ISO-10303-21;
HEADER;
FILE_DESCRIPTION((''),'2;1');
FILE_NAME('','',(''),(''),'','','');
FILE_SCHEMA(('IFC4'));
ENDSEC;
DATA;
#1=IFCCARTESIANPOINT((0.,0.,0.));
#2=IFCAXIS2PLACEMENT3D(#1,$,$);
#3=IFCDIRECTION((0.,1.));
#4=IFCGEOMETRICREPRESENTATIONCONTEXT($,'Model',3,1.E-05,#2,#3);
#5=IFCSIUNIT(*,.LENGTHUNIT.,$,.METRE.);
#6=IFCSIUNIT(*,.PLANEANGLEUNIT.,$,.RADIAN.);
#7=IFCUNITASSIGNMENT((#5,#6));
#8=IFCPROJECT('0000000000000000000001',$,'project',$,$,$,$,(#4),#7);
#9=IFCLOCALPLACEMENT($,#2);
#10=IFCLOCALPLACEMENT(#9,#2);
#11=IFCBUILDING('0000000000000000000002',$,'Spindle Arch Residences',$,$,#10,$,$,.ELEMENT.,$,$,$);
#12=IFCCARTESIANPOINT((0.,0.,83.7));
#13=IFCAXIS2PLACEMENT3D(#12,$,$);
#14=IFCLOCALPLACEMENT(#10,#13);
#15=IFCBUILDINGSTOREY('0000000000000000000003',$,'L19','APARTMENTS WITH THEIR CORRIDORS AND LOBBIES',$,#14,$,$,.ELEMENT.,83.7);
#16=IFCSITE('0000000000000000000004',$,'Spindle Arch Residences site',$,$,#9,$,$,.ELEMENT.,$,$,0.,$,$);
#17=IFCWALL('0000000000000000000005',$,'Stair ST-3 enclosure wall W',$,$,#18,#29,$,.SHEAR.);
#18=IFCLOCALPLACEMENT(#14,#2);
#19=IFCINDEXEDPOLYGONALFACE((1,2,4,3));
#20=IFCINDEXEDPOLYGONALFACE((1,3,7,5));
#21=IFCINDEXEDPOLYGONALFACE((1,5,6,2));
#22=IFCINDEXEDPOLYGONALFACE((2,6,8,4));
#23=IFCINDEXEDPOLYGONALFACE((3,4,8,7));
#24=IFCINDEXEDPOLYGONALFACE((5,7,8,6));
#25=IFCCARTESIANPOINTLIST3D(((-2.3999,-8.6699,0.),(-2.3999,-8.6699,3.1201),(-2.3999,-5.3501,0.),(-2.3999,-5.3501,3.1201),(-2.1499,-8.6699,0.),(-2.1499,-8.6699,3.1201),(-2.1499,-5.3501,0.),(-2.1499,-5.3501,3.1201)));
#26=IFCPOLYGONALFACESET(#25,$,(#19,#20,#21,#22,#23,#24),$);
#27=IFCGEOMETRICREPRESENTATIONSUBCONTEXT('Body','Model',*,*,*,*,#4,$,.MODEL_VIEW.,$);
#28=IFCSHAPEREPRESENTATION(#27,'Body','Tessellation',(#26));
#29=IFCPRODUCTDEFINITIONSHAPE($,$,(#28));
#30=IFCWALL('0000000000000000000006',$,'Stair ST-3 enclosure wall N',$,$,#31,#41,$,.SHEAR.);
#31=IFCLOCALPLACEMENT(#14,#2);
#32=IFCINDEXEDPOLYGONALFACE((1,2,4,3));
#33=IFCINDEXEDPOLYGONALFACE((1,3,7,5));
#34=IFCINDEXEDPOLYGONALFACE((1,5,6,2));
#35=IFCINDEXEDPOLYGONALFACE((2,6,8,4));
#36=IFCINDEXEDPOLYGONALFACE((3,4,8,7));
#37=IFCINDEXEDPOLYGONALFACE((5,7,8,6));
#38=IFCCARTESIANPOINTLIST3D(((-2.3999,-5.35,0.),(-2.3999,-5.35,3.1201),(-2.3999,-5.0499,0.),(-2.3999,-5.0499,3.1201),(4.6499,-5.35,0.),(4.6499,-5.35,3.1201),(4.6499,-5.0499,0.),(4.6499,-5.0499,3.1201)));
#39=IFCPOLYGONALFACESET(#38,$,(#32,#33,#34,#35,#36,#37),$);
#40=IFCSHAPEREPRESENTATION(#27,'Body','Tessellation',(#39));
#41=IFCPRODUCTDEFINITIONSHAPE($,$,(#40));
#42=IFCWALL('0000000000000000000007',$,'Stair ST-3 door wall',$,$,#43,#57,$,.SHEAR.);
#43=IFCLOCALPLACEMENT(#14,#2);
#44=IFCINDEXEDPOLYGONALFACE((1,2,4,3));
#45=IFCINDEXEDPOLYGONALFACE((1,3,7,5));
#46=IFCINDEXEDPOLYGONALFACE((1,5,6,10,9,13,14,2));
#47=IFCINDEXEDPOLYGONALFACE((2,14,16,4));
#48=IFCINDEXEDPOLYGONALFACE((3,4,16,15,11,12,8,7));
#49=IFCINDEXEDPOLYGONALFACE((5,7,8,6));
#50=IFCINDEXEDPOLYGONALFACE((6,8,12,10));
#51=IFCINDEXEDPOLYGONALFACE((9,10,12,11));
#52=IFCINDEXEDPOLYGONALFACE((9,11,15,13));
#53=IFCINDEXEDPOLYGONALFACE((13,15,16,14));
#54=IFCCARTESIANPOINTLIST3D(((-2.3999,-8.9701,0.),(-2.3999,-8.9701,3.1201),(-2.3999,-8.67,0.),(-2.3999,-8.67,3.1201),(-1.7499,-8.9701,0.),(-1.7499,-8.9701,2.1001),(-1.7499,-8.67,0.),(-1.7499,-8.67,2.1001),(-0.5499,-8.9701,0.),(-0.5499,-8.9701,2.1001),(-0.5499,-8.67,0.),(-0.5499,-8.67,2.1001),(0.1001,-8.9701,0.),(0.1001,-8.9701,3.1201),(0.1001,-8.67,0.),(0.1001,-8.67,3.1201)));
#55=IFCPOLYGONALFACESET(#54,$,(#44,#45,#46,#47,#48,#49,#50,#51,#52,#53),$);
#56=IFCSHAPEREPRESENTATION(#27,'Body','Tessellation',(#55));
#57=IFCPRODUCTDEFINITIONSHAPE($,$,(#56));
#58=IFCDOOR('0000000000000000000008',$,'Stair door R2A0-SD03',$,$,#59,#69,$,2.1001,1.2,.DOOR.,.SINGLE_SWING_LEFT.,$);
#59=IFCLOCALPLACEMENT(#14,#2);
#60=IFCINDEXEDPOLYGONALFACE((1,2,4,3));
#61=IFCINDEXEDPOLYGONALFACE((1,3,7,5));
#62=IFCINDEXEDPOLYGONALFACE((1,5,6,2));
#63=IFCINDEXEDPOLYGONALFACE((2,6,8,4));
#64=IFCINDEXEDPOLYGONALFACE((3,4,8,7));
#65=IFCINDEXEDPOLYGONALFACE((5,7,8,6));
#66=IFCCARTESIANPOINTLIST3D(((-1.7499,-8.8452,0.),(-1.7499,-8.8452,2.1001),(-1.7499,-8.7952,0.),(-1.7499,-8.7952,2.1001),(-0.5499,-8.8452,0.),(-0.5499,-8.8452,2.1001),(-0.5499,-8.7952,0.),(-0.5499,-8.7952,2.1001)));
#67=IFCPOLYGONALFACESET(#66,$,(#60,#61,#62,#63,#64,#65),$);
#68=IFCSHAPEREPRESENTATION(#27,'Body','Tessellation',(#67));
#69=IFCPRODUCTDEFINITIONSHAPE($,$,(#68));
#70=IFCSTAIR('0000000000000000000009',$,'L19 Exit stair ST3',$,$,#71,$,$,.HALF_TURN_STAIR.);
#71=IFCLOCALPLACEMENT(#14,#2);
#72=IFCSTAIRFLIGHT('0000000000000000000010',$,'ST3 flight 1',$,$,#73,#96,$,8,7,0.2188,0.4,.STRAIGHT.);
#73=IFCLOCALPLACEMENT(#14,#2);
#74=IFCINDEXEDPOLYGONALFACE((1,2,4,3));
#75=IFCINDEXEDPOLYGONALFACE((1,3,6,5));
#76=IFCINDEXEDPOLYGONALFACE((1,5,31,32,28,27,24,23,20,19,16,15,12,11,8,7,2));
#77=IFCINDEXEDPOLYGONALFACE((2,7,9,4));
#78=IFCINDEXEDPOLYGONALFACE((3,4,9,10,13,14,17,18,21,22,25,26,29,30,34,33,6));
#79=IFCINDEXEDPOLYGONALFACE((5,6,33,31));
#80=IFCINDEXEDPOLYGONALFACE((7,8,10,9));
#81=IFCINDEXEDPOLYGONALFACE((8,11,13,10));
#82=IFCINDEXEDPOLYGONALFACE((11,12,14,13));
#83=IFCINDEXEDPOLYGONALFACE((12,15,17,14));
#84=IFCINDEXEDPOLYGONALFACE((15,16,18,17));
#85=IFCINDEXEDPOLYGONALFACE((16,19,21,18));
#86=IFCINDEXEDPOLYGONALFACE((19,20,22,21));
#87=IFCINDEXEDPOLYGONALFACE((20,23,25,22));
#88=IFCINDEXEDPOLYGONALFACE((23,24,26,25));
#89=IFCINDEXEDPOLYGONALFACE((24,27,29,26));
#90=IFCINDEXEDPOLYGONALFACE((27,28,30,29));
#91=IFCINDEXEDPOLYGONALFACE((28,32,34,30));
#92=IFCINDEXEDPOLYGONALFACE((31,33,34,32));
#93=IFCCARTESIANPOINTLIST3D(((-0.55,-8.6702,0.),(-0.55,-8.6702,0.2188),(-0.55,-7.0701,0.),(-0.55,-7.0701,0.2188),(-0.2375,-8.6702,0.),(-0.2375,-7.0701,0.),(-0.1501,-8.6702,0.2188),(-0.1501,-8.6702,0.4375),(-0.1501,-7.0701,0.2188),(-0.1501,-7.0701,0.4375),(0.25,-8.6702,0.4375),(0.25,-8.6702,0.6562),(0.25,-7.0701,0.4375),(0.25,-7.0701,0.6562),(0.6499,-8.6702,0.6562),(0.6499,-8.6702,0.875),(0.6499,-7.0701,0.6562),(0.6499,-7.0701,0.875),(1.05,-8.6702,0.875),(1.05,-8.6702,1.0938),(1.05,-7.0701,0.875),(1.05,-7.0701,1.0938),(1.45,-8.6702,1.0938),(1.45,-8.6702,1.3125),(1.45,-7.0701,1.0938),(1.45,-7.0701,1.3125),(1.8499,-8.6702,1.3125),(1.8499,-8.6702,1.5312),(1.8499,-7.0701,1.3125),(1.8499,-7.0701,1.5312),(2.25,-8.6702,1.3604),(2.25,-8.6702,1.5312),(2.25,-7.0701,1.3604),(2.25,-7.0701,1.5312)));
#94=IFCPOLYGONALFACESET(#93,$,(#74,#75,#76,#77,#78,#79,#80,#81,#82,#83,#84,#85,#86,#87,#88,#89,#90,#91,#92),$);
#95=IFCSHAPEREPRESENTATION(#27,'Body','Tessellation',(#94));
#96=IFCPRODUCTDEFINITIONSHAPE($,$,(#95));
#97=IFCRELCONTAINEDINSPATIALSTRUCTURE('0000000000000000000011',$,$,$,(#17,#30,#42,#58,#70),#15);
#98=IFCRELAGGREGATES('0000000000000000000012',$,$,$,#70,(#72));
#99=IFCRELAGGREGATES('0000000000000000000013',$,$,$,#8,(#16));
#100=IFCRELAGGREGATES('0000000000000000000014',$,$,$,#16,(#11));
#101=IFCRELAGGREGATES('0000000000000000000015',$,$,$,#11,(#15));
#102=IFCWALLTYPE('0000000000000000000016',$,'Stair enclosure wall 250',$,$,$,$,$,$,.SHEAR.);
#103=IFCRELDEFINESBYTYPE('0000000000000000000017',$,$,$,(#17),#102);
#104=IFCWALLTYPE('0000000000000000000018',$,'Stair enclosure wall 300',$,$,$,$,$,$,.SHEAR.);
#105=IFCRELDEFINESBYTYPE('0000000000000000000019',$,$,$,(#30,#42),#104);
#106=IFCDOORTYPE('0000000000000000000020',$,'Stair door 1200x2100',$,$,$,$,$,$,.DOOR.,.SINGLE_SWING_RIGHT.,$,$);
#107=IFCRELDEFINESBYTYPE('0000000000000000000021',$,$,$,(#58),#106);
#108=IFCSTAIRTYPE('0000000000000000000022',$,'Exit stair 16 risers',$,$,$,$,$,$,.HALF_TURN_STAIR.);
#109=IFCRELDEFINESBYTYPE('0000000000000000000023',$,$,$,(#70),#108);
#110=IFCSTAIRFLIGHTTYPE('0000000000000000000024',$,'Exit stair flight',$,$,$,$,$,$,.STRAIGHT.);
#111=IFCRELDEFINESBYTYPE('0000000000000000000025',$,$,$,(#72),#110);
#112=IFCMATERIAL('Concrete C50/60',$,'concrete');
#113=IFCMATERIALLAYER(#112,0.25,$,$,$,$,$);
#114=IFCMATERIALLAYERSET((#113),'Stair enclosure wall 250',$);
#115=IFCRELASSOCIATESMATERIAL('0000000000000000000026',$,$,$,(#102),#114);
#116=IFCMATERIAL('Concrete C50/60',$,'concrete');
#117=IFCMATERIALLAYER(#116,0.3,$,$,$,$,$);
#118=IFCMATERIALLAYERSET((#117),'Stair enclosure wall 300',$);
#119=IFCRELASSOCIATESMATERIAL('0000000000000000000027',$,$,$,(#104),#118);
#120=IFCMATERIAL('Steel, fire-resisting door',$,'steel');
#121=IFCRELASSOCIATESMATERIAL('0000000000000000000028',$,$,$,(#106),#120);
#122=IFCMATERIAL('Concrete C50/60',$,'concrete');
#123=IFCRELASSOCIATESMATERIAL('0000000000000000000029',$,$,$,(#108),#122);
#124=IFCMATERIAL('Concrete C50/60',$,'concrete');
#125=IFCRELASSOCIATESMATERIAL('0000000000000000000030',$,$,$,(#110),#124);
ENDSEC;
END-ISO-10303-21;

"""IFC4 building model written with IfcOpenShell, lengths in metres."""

from ifc_helpers import new_model, si_unit, direction, frame, frame_2d, origin, place, context, subcontext, project, spatial, polyline, rectangle, outline, extrude, material, layer, layer_set, type_object, element, fill, aggregate, save


model = new_model("IFC4")

# Units and contexts
model_context = context("Model", 3, precision=1e-05, world=origin(), true_north=direction((0.0, 1.0)))
body_context = subcontext(model_context, "Body", "Model", "MODEL_VIEW")
ifc_project = project(units=[si_unit("LENGTHUNIT", "METRE"), si_unit("PLANEANGLEUNIT", "RADIAN")], contexts=[model_context])

# Site, building, storey
site_placement = place(None, origin())
site = spatial("IfcSite", under=ifc_project, at=site_placement, Name="Spindle Arch Residences site", CompositionType="ELEMENT", RefElevation=0.0)
building_placement = place(site_placement, origin())
building = spatial("IfcBuilding", under=site, at=building_placement, Name="Spindle Arch Residences", CompositionType="ELEMENT")
storey_placement = place(building_placement, frame((0.0, 0.0, 83.7)))
storey = spatial("IfcBuildingStorey", under=building, at=storey_placement, Name="L19", Description="APARTMENTS WITH THEIR CORRIDORS AND LOBBIES", CompositionType="ELEMENT", Elevation=83.7)

# Walls
ifc_material_1 = material(Name="Concrete C50/60", Category="concrete")
ifc_layer_1 = layer(ifc_material_1, 0.25)
ifc_layer_set_1 = layer_set([ifc_layer_1], Name="Stair enclosure wall 250")
wall_type_1 = type_object("IfcWallType", Name="Stair enclosure wall 250", PredefinedType="SHEAR", material=ifc_layer_set_1)
wall_1_placement = place(storey_placement, frame((-2.2749, -8.6699, 0.0), z_axis=(0.0, 0.0, 1.0), x_axis=(0.0, 1.0, 0.0)))
element("IfcWall", 1, at=wall_1_placement, inside=storey, type_object=wall_type_1, Name="Stair ST-3 enclosure wall W", PredefinedType="SHEAR", context=body_context, shape_type="SweptSolid", body=[
    extrude(rectangle(XDim=3.3198, YDim=0.25, at=frame_2d((1.6599, 0.0))), origin(), (0.0, 0.0, 1.0), 3.1201),
])
ifc_material_2 = material(Name="Concrete C50/60", Category="concrete")
ifc_layer_2 = layer(ifc_material_2, 0.3)
ifc_layer_set_2 = layer_set([ifc_layer_2], Name="Stair enclosure wall 300")
wall_type_2 = type_object("IfcWallType", Name="Stair enclosure wall 300", PredefinedType="SHEAR", material=ifc_layer_set_2)
wall_2_placement = place(storey_placement, frame((-2.3999, -5.2, 0.0), z_axis=(0.0, 0.0, 1.0), x_axis=(1.0, 0.0, 0.0)))
element("IfcWall", 2, at=wall_2_placement, inside=storey, type_object=wall_type_2, Name="Stair ST-3 enclosure wall N", PredefinedType="SHEAR", context=body_context, shape_type="SweptSolid", body=[
    extrude(rectangle(XDim=7.0498, YDim=0.3, at=frame_2d((3.5249, 0.0))), origin(), (0.0, 0.0, 1.0), 3.1201),
])

# Wall, opening, door
wall_3_placement = place(storey_placement, frame((-2.3999, -8.8201, 0.0), z_axis=(0.0, 0.0, 1.0), x_axis=(1.0, 0.0, 0.0)))
wall_3 = element("IfcWall", 3, at=wall_3_placement, inside=storey, type_object=wall_type_2, Name="Stair ST-3 door wall", PredefinedType="SHEAR", context=body_context, shape_type="SweptSolid", body=[
    extrude(rectangle(XDim=2.5, YDim=0.3, at=frame_2d((1.25, 0.0))), origin(), (0.0, 0.0, 1.0), 3.1201),
])
opening_1_placement = place(wall_3_placement, frame((0.6499, 0.0, 0.0)))
opening_1 = element("IfcOpeningElement", 4, at=opening_1_placement, cuts=wall_3, PredefinedType="OPENING", context=body_context, shape_type="SweptSolid", body=[
    extrude(rectangle(XDim=1.2, YDim=2.1001, at=frame_2d((0.6001, 1.05))), frame((0.0, 0.1602, 0.0), z_axis=(0.0, -1.0, 0.0), x_axis=(1.0, 0.0, 0.0)), (0.0, 0.0, 1.0), 0.3201),
])
ifc_material_3 = material(Name="Steel, fire-resisting door", Category="steel")
door_type_1 = type_object("IfcDoorType", Name="Stair door 1200x2100", OperationType="SINGLE_SWING_RIGHT", PredefinedType="DOOR", material=ifc_material_3)
door_1_placement = place(opening_1_placement, origin())
door_1 = element("IfcDoor", 5, at=door_1_placement, inside=storey, type_object=door_type_1, Name="Stair door R2A0-SD03", OperationType="SINGLE_SWING_LEFT", OverallHeight=2.1001, OverallWidth=1.2, PredefinedType="DOOR", context=body_context, shape_type="SweptSolid", body=[
    extrude(rectangle(XDim=1.2, YDim=2.1001, at=frame_2d((0.6001, 1.05))), frame((0.0, 0.0249, 0.0), z_axis=(0.0, -1.0, 0.0), x_axis=(1.0, 0.0, 0.0)), (0.0, 0.0, 1.0), 0.05),
])
fill(opening_1, door_1)

# Stair, stair flight
ifc_material_4 = material(Name="Concrete C50/60", Category="concrete")
stair_type = type_object("IfcStairType", Name="Exit stair 16 risers", PredefinedType="HALF_TURN_STAIR", material=ifc_material_4)
stair_placement = place(storey_placement, origin())
stair = element("IfcStair", 6, at=stair_placement, inside=storey, type_object=stair_type, Name="L19 Exit stair ST3", PredefinedType="HALF_TURN_STAIR")
ifc_material_5 = material(Name="Concrete C50/60", Category="concrete")
stair_flight_type = type_object("IfcStairFlightType", Name="Exit stair flight", PredefinedType="STRAIGHT", material=ifc_material_5)
stair_flight_placement = place(storey_placement, frame((-0.55, -7.8701, 0.0), z_axis=(0.0, 0.0, 1.0), x_axis=(1.0, 0.0, 0.0)))
stair_flight = element("IfcStairFlight", 7, at=stair_flight_placement, type_object=stair_flight_type, Name="ST3 flight 1", NumberOfRisers=8, NumberOfTreads=7, PredefinedType="STRAIGHT", RiserHeight=0.2188, TreadLength=0.4, context=body_context, shape_type="SweptSolid", body=[
    extrude(outline(polyline([(0.0, 0.0), (0.0, 0.2188), (0.3999, 0.2188), (0.3999, 0.4375), (0.8, 0.4375), (0.8, 0.6562), (1.2, 0.6562), (1.2, 0.875), (1.6001, 0.875), (1.6001, 1.0938), (2.0, 1.0938), (2.0, 1.3125), (2.3999, 1.3125), (2.3999, 1.5312), (2.8, 1.5312), (2.8, 1.75), (2.8, 1.3604), (0.3125, 0.0), (0.0, 0.0)])), frame((0.0, 0.8, 0.0), z_axis=(0.0, -1.0, 0.0), x_axis=(1.0, 0.0, 0.0)), (0.0, 0.0, 1.0), 1.6001),
])
aggregate(stair, [stair_flight])

save(model, "model.ifc")
